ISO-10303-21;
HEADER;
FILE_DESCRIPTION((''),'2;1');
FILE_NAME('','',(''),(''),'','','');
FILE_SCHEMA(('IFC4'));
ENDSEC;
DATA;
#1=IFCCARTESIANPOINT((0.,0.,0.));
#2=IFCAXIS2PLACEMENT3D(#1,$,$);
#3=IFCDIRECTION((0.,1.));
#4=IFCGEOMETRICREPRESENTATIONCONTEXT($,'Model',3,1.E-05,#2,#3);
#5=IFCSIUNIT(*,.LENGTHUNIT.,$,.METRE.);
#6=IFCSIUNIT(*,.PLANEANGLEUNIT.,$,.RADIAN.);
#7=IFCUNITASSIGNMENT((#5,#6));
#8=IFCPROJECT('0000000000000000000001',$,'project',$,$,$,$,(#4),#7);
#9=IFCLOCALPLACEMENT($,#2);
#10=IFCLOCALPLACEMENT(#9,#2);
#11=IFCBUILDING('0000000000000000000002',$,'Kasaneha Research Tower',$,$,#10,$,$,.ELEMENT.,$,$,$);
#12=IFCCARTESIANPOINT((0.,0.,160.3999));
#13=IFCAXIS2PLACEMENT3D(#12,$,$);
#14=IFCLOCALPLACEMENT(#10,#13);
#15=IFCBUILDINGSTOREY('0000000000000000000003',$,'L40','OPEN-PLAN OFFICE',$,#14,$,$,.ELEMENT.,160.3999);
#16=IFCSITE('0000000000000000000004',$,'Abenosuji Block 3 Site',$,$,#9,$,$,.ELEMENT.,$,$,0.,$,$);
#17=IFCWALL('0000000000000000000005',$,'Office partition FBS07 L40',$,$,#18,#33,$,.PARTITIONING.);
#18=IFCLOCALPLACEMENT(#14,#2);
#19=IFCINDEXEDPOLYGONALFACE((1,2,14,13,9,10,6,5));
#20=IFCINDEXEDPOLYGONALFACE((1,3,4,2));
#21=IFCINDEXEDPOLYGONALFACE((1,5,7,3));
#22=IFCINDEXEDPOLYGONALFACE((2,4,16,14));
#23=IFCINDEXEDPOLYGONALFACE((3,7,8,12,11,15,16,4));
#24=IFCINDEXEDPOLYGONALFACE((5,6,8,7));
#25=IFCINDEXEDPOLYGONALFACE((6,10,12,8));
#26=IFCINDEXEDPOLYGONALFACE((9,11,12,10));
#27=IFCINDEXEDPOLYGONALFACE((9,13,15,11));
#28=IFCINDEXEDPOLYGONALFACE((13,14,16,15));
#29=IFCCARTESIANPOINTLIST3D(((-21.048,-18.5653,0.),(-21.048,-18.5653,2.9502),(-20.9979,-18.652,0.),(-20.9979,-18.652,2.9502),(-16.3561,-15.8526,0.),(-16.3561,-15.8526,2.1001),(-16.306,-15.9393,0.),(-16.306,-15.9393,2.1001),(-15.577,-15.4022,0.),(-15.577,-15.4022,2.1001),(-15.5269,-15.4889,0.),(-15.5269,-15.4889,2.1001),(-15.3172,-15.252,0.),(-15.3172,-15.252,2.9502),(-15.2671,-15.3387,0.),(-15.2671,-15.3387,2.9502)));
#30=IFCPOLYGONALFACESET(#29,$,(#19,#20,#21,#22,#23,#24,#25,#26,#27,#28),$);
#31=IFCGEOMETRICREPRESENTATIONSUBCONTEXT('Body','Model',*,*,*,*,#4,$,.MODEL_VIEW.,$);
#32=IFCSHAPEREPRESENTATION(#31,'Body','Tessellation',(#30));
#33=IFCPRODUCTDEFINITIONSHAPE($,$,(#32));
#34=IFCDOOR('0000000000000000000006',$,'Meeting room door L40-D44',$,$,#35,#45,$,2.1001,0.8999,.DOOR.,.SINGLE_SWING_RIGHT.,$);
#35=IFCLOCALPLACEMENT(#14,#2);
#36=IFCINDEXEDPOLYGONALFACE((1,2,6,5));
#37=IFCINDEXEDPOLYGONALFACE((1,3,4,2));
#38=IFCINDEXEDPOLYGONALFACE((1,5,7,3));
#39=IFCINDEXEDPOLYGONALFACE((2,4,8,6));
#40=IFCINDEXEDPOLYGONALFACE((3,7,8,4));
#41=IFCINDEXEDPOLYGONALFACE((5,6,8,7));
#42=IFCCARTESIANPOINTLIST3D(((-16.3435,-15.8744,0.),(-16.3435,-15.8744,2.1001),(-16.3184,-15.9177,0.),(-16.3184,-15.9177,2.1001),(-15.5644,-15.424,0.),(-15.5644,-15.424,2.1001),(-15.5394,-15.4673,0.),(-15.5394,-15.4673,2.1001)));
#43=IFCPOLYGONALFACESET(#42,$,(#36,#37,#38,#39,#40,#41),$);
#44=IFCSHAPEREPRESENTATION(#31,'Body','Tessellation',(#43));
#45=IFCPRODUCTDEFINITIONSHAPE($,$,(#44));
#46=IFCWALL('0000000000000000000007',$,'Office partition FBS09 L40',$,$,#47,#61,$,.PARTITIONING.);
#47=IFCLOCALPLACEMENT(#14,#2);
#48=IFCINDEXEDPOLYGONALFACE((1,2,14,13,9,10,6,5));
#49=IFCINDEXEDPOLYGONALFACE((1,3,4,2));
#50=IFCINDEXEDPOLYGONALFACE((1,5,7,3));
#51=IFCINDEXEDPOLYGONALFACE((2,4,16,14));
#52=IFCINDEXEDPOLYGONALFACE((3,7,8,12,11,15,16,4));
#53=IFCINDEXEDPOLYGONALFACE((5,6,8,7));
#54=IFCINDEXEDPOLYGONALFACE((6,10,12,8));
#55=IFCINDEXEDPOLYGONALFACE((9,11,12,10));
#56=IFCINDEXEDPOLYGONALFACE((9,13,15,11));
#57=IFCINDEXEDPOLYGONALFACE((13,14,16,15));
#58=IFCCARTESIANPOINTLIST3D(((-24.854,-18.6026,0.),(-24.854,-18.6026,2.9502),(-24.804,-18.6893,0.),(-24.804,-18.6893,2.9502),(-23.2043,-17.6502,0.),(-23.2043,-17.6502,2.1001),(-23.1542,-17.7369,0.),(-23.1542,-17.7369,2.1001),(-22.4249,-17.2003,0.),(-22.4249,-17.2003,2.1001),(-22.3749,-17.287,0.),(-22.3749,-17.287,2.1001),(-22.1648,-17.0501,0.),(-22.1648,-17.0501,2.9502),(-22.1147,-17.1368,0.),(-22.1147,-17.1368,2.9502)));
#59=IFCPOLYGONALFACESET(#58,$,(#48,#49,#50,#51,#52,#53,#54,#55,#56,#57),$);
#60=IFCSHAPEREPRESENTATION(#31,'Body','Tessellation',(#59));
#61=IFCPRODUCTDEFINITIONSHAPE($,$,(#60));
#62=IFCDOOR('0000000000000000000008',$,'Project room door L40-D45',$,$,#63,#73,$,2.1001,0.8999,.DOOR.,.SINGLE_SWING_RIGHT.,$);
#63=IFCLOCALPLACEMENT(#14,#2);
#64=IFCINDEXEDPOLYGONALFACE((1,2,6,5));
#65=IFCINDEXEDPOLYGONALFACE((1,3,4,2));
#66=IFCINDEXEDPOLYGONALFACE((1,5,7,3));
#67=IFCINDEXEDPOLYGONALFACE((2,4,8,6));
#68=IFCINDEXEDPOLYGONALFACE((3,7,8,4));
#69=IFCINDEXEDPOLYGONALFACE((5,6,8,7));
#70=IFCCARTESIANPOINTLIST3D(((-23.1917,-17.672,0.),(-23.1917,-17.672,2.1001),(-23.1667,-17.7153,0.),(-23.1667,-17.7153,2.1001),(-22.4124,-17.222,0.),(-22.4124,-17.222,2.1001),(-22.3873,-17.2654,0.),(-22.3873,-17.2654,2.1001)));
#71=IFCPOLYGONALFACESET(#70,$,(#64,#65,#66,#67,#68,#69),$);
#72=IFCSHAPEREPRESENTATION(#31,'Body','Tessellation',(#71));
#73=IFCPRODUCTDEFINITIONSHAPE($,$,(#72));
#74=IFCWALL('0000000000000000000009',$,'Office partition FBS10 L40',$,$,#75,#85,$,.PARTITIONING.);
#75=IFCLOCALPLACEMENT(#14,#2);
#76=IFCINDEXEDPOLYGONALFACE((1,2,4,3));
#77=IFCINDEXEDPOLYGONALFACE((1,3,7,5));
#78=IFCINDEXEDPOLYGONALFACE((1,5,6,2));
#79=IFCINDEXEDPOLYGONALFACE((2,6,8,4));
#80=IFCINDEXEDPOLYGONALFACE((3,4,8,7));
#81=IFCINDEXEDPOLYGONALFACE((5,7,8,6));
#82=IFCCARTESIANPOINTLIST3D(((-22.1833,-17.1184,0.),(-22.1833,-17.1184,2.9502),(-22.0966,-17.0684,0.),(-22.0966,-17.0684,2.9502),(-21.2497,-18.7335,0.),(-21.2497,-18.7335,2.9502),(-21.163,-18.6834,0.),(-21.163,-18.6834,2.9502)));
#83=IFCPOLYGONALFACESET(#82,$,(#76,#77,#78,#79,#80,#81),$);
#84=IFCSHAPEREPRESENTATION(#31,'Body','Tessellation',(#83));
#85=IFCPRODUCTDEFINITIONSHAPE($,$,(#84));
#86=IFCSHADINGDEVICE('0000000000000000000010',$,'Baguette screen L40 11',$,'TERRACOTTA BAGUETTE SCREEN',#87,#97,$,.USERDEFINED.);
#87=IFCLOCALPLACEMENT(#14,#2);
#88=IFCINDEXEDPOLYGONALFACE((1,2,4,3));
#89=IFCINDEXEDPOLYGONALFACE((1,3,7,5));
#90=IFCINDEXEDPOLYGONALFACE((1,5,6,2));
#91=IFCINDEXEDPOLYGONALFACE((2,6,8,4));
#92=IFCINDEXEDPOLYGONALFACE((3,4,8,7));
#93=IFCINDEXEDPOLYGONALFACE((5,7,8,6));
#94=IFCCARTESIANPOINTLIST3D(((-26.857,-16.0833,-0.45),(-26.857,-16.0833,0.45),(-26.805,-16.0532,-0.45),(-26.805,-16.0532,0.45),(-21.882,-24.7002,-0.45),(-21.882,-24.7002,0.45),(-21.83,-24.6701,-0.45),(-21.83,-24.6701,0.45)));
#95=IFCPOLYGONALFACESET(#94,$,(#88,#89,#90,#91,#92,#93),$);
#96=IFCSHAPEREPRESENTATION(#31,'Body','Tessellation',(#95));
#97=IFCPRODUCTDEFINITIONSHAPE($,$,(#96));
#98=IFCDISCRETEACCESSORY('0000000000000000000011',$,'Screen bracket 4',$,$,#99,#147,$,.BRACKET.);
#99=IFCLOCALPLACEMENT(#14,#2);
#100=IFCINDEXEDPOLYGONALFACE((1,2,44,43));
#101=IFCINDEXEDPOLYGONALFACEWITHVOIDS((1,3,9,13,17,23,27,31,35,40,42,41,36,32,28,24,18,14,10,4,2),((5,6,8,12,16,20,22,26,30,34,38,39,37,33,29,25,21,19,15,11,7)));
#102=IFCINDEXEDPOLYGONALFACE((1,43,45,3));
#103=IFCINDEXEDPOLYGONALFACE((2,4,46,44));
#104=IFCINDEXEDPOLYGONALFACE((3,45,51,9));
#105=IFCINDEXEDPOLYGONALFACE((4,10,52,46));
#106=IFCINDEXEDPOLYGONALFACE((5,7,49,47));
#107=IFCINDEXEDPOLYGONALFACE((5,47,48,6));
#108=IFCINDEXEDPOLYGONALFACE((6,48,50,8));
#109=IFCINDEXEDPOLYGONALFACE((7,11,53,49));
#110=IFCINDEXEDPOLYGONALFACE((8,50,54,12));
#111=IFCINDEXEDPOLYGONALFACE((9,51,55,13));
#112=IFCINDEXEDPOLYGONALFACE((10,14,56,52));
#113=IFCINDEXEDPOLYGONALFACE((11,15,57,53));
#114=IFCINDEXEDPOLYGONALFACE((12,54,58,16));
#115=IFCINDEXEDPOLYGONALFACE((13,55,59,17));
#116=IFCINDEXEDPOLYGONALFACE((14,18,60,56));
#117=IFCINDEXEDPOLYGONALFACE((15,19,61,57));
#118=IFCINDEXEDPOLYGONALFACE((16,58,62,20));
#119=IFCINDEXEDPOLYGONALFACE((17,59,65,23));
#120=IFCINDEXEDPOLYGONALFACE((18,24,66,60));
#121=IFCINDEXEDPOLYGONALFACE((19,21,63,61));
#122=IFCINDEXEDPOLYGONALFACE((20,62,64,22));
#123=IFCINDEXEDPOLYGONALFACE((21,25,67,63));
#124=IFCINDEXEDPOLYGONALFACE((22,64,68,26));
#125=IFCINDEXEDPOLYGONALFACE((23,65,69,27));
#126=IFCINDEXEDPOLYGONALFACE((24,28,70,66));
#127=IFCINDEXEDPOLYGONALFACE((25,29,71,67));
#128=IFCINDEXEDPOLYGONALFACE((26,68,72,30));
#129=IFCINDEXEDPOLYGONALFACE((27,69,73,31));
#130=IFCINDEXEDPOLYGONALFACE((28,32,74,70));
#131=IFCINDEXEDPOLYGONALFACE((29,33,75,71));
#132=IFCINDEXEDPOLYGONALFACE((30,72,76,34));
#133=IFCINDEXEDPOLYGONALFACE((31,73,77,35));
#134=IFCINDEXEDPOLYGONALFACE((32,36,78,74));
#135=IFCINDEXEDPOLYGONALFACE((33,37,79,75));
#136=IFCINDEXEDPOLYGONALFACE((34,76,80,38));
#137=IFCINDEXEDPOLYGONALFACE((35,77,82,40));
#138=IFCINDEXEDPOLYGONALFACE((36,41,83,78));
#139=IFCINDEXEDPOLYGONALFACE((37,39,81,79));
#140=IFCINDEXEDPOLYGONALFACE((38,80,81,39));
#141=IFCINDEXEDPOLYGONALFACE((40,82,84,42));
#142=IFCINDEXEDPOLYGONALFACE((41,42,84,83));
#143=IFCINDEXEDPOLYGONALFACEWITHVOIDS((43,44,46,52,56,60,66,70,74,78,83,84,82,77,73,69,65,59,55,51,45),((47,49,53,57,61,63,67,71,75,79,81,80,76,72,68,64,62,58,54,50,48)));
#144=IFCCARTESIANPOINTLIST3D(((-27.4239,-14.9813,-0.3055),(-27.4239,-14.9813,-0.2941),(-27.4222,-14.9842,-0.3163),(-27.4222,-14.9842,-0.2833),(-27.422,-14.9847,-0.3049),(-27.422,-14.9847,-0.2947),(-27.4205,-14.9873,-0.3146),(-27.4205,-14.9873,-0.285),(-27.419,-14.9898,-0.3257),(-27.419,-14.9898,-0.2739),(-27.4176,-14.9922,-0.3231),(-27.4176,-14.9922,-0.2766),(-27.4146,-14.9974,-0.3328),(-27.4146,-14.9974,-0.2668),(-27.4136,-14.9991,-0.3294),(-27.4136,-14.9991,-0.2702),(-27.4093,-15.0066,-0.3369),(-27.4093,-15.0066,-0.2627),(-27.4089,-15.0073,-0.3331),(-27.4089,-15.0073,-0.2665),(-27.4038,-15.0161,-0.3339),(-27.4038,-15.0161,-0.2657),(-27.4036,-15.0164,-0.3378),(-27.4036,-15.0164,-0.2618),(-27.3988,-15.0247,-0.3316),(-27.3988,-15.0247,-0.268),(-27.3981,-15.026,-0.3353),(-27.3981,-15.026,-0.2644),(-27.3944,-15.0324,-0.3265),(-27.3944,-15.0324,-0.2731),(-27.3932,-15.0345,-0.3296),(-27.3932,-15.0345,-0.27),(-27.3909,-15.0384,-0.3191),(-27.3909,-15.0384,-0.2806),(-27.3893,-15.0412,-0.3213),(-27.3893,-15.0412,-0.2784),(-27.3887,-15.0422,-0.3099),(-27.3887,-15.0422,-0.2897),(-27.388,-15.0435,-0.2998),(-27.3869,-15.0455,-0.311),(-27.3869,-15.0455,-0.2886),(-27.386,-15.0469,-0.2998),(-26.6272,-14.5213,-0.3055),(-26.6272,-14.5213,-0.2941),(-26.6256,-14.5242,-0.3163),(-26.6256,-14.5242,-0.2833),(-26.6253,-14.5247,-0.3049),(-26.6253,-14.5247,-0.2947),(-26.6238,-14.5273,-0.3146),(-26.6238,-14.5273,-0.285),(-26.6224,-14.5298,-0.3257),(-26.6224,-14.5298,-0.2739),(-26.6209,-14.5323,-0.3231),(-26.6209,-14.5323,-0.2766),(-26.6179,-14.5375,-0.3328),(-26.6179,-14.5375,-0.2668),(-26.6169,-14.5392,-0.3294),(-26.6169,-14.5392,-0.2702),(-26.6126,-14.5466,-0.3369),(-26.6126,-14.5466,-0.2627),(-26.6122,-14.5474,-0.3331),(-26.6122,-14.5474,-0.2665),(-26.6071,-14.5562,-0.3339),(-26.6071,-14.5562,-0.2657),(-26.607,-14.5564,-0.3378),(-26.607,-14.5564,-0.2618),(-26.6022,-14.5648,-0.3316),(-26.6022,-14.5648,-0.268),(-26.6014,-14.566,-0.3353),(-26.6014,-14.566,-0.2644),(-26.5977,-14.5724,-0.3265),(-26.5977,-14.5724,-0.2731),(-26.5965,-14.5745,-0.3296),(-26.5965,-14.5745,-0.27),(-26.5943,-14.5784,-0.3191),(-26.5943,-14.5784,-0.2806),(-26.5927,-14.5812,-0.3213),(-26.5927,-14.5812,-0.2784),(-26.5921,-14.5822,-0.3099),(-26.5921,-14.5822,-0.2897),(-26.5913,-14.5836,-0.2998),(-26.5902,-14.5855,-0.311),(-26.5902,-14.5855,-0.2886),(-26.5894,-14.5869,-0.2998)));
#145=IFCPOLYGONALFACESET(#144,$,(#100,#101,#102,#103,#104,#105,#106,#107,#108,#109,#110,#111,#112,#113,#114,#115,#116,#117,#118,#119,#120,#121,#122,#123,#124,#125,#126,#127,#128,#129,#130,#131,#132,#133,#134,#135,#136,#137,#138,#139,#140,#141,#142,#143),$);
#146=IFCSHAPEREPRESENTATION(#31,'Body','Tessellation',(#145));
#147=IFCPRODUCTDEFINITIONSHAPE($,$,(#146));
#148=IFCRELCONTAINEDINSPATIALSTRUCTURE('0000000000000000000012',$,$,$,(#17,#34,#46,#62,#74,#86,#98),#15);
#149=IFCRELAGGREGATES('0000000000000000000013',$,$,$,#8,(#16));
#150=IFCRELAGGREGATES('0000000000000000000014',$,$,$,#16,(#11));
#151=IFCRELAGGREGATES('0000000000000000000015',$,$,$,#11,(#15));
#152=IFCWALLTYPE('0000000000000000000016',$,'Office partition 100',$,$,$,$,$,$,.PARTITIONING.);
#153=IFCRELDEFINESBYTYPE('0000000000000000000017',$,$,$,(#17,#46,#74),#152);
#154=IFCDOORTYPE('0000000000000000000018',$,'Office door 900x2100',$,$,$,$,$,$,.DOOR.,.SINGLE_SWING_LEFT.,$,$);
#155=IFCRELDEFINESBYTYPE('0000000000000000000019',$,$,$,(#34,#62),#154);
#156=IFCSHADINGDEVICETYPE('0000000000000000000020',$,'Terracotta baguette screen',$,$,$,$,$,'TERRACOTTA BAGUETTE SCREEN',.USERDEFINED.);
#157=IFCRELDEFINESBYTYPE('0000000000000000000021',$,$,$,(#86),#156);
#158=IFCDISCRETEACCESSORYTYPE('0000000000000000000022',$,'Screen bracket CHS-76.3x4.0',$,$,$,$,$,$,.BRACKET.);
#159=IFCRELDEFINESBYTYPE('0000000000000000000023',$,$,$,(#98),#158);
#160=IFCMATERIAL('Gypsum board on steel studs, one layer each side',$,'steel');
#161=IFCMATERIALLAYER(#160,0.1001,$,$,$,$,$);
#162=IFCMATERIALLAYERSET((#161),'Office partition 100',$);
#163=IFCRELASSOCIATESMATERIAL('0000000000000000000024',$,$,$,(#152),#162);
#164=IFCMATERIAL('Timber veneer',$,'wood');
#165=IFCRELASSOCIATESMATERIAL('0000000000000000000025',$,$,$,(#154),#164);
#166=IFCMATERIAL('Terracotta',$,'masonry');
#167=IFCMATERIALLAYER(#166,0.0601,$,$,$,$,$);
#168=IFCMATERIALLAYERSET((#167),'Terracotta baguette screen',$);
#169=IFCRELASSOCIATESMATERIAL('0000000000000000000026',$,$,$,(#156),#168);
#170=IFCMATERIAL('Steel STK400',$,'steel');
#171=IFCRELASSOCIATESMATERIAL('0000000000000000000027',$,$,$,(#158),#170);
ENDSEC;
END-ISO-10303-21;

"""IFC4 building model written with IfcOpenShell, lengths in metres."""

from ifc_helpers import new_model, si_unit, direction, frame, frame_2d, origin, origin_2d, place, context, subcontext, project, spatial, rectangle, hollow_circle, extrude, material, layer, layer_set, material_profile, profile_set, type_object, element, fill, save


model = new_model("IFC4")

# Units and contexts
model_context = context("Model", 3, precision=1e-05, world=origin(), true_north=direction((0.0, 1.0)))
body_context = subcontext(model_context, "Body", "Model", "MODEL_VIEW")
ifc_project = project(units=[si_unit("LENGTHUNIT", "METRE"), si_unit("PLANEANGLEUNIT", "RADIAN")], contexts=[model_context])

# Site, building, storey
site_placement = place(None, origin())
site = spatial("IfcSite", under=ifc_project, at=site_placement, Name="Abenosuji Block 3 Site", CompositionType="ELEMENT", RefElevation=0.0)
building_placement = place(site_placement, origin())
building = spatial("IfcBuilding", under=site, at=building_placement, Name="Kasaneha Research Tower", CompositionType="ELEMENT")
storey_placement = place(building_placement, frame((0.0, 0.0, 160.3999)))
storey = spatial("IfcBuildingStorey", under=building, at=storey_placement, Name="L40", Description="OPEN-PLAN OFFICE", CompositionType="ELEMENT", Elevation=160.3999)

# Shared definitions
ifc_material_1 = material(Name="Gypsum board on steel studs, one layer each side", Category="steel")
ifc_layer_1 = layer(ifc_material_1, 0.1001)
ifc_layer_set_1 = layer_set([ifc_layer_1], Name="Office partition 100")
wall_type = type_object("IfcWallType", Name="Office partition 100", PredefinedType="PARTITIONING", material=ifc_layer_set_1)

# Walls, openings, doors
wall_1_placement = place(storey_placement, frame((-21.0229, -18.6086, 0.0), z_axis=(0.0, 0.0, 1.0), x_axis=(0.865724, 0.500522, 0.0)))
wall_1 = element("IfcWall", 1, at=wall_1_placement, inside=storey, type_object=wall_type, Name="Office partition FBS07 L40", PredefinedType="PARTITIONING", context=body_context, shape_type="SweptSolid", body=[
    extrude(rectangle(XDim=6.6196, YDim=0.1001, at=frame_2d((3.3098, 0.0))), origin(), (0.0, 0.0, 1.0), 2.9502),
])
opening_1_placement = place(wall_1_placement, frame((5.4197, 0.0, 0.0)))
opening_1 = element("IfcOpeningElement", 2, at=opening_1_placement, cuts=wall_1, PredefinedType="OPENING", context=body_context, shape_type="SweptSolid", body=[
    extrude(rectangle(XDim=0.8999, YDim=2.1001, at=frame_2d((0.45, 1.05))), frame((0.0, 0.0601, 0.0), z_axis=(0.0, -1.0, 0.0), x_axis=(1.0, 0.0, 0.0)), (0.0, 0.0, 1.0), 0.1201),
])
ifc_material_2 = material(Name="Timber veneer", Category="wood")
door_type = type_object("IfcDoorType", Name="Office door 900x2100", OperationType="SINGLE_SWING_LEFT", PredefinedType="DOOR", material=ifc_material_2)
door_1_placement = place(opening_1_placement, origin())
door_1 = element("IfcDoor", 3, at=door_1_placement, inside=storey, type_object=door_type, Name="Meeting room door L40-D44", OperationType="SINGLE_SWING_RIGHT", OverallHeight=2.1001, OverallWidth=0.8999, PredefinedType="DOOR", context=body_context, shape_type="SweptSolid", body=[
    extrude(rectangle(XDim=0.8999, YDim=2.1001, at=frame_2d((0.45, 1.05))), frame((0.0, 0.0249, 0.0), z_axis=(0.0, -1.0, 0.0), x_axis=(1.0, 0.0, 0.0)), (0.0, 0.0, 1.0), 0.05),
])
fill(opening_1, door_1)
wall_2_placement = place(storey_placement, frame((-24.8291, -18.646, 0.0), z_axis=(0.0, 0.0, 1.0), x_axis=(0.866043, 0.49997, 0.0)))
wall_2 = element("IfcWall", 4, at=wall_2_placement, inside=storey, type_object=wall_type, Name="Office partition FBS09 L40", PredefinedType="PARTITIONING", context=body_context, shape_type="SweptSolid", body=[
    extrude(rectangle(XDim=3.1052, YDim=0.1001, at=frame_2d((1.5527, 0.0))), origin(), (0.0, 0.0, 1.0), 2.9502),
])
opening_2_placement = place(wall_2_placement, frame((1.905, 0.0, 0.0)))
opening_2 = element("IfcOpeningElement", 5, at=opening_2_placement, cuts=wall_2, PredefinedType="OPENING", context=body_context, shape_type="SweptSolid", body=[
    extrude(rectangle(XDim=0.8999, YDim=2.1001, at=frame_2d((0.45, 1.05))), frame((0.0, 0.0601, 0.0), z_axis=(0.0, -1.0, 0.0), x_axis=(1.0, 0.0, 0.0)), (0.0, 0.0, 1.0), 0.1201),
])
door_2_placement = place(opening_2_placement, origin())
door_2 = element("IfcDoor", 6, at=door_2_placement, inside=storey, type_object=door_type, Name="Project room door L40-D45", OperationType="SINGLE_SWING_RIGHT", OverallHeight=2.1001, OverallWidth=0.8999, PredefinedType="DOOR", context=body_context, shape_type="SweptSolid", body=[
    extrude(rectangle(XDim=0.8999, YDim=2.1001, at=frame_2d((0.45, 1.05))), frame((0.0, 0.0249, 0.0), z_axis=(0.0, -1.0, 0.0), x_axis=(1.0, 0.0, 0.0)), (0.0, 0.0, 1.0), 0.05),
])
fill(opening_2, door_2)

# Wall
wall_3_placement = place(storey_placement, frame((-22.1399, -17.0935, 0.0), z_axis=(0.0, 0.0, 1.0), x_axis=(0.500474, -0.865752, 0.0)))
element("IfcWall", 7, at=wall_3_placement, inside=storey, type_object=wall_type, Name="Office partition FBS10 L40", PredefinedType="PARTITIONING", context=body_context, shape_type="SweptSolid", body=[
    extrude(rectangle(XDim=1.8655, YDim=0.1001, at=frame_2d((0.9326, 0.0))), origin(), (0.0, 0.0, 1.0), 2.9502),
])

# Shading device
ifc_material_3 = material(Name="Terracotta", Category="masonry")
ifc_layer_2 = layer(ifc_material_3, 0.0601)
ifc_layer_set_2 = layer_set([ifc_layer_2], Name="Terracotta baguette screen")
shading_device_type = type_object("IfcShadingDeviceType", Name="Terracotta baguette screen", ElementType="TERRACOTTA BAGUETTE SCREEN", PredefinedType="USERDEFINED", material=ifc_layer_set_2)
shading_device_placement = place(storey_placement, frame((-24.3435, -20.3767, -0.45), z_axis=(0.0, 0.0, 1.0), x_axis=(0.5, -0.866025, 0.0)))
element("IfcShadingDevice", 8, at=shading_device_placement, inside=storey, type_object=shading_device_type, Name="Baguette screen L40 11", ObjectType="TERRACOTTA BAGUETTE SCREEN", PredefinedType="USERDEFINED", context=body_context, shape_type="SweptSolid", body=[
    extrude(rectangle(XDim=9.95, YDim=0.0601, at=origin_2d()), origin(), (0.0, 0.0, 1.0), 0.8999),
])

# Discrete accessory
ifc_material_4 = material(Name="Steel STK400", Category="steel")
ifc_material_profile_1 = material_profile(ifc_material_4, hollow_circle(Radius=0.0381, WallThickness=0.0039, at=origin_2d()), Name="CHS-76.3x4.0")
ifc_profile_set_1 = profile_set([ifc_material_profile_1], Name="Steel STK400")
discrete_accessory_type = type_object("IfcDiscreteAccessoryType", Name="Screen bracket CHS-76.3x4.0", PredefinedType="BRACKET", material=ifc_profile_set_1)
for number, where, z_axis, x_axis, name in (
    (9, (-26.6084, -14.554, -0.2998), (-0.866013, -0.500021, 0.0), (0.500021, -0.866013, 0.0), "Screen bracket 4"),
):
    element("IfcDiscreteAccessory", number, at=place(storey_placement, frame(where, z_axis=z_axis, x_axis=x_axis)), inside=storey, type_object=discrete_accessory_type, Name=name, PredefinedType="BRACKET", context=body_context, shape_type="SweptSolid", body=[
        extrude(hollow_circle(Radius=0.0381, WallThickness=0.0039, at=origin_2d()), origin(), (0.0, 0.0, 1.0), 0.9199),
    ])

save(model, "model.ifc")
